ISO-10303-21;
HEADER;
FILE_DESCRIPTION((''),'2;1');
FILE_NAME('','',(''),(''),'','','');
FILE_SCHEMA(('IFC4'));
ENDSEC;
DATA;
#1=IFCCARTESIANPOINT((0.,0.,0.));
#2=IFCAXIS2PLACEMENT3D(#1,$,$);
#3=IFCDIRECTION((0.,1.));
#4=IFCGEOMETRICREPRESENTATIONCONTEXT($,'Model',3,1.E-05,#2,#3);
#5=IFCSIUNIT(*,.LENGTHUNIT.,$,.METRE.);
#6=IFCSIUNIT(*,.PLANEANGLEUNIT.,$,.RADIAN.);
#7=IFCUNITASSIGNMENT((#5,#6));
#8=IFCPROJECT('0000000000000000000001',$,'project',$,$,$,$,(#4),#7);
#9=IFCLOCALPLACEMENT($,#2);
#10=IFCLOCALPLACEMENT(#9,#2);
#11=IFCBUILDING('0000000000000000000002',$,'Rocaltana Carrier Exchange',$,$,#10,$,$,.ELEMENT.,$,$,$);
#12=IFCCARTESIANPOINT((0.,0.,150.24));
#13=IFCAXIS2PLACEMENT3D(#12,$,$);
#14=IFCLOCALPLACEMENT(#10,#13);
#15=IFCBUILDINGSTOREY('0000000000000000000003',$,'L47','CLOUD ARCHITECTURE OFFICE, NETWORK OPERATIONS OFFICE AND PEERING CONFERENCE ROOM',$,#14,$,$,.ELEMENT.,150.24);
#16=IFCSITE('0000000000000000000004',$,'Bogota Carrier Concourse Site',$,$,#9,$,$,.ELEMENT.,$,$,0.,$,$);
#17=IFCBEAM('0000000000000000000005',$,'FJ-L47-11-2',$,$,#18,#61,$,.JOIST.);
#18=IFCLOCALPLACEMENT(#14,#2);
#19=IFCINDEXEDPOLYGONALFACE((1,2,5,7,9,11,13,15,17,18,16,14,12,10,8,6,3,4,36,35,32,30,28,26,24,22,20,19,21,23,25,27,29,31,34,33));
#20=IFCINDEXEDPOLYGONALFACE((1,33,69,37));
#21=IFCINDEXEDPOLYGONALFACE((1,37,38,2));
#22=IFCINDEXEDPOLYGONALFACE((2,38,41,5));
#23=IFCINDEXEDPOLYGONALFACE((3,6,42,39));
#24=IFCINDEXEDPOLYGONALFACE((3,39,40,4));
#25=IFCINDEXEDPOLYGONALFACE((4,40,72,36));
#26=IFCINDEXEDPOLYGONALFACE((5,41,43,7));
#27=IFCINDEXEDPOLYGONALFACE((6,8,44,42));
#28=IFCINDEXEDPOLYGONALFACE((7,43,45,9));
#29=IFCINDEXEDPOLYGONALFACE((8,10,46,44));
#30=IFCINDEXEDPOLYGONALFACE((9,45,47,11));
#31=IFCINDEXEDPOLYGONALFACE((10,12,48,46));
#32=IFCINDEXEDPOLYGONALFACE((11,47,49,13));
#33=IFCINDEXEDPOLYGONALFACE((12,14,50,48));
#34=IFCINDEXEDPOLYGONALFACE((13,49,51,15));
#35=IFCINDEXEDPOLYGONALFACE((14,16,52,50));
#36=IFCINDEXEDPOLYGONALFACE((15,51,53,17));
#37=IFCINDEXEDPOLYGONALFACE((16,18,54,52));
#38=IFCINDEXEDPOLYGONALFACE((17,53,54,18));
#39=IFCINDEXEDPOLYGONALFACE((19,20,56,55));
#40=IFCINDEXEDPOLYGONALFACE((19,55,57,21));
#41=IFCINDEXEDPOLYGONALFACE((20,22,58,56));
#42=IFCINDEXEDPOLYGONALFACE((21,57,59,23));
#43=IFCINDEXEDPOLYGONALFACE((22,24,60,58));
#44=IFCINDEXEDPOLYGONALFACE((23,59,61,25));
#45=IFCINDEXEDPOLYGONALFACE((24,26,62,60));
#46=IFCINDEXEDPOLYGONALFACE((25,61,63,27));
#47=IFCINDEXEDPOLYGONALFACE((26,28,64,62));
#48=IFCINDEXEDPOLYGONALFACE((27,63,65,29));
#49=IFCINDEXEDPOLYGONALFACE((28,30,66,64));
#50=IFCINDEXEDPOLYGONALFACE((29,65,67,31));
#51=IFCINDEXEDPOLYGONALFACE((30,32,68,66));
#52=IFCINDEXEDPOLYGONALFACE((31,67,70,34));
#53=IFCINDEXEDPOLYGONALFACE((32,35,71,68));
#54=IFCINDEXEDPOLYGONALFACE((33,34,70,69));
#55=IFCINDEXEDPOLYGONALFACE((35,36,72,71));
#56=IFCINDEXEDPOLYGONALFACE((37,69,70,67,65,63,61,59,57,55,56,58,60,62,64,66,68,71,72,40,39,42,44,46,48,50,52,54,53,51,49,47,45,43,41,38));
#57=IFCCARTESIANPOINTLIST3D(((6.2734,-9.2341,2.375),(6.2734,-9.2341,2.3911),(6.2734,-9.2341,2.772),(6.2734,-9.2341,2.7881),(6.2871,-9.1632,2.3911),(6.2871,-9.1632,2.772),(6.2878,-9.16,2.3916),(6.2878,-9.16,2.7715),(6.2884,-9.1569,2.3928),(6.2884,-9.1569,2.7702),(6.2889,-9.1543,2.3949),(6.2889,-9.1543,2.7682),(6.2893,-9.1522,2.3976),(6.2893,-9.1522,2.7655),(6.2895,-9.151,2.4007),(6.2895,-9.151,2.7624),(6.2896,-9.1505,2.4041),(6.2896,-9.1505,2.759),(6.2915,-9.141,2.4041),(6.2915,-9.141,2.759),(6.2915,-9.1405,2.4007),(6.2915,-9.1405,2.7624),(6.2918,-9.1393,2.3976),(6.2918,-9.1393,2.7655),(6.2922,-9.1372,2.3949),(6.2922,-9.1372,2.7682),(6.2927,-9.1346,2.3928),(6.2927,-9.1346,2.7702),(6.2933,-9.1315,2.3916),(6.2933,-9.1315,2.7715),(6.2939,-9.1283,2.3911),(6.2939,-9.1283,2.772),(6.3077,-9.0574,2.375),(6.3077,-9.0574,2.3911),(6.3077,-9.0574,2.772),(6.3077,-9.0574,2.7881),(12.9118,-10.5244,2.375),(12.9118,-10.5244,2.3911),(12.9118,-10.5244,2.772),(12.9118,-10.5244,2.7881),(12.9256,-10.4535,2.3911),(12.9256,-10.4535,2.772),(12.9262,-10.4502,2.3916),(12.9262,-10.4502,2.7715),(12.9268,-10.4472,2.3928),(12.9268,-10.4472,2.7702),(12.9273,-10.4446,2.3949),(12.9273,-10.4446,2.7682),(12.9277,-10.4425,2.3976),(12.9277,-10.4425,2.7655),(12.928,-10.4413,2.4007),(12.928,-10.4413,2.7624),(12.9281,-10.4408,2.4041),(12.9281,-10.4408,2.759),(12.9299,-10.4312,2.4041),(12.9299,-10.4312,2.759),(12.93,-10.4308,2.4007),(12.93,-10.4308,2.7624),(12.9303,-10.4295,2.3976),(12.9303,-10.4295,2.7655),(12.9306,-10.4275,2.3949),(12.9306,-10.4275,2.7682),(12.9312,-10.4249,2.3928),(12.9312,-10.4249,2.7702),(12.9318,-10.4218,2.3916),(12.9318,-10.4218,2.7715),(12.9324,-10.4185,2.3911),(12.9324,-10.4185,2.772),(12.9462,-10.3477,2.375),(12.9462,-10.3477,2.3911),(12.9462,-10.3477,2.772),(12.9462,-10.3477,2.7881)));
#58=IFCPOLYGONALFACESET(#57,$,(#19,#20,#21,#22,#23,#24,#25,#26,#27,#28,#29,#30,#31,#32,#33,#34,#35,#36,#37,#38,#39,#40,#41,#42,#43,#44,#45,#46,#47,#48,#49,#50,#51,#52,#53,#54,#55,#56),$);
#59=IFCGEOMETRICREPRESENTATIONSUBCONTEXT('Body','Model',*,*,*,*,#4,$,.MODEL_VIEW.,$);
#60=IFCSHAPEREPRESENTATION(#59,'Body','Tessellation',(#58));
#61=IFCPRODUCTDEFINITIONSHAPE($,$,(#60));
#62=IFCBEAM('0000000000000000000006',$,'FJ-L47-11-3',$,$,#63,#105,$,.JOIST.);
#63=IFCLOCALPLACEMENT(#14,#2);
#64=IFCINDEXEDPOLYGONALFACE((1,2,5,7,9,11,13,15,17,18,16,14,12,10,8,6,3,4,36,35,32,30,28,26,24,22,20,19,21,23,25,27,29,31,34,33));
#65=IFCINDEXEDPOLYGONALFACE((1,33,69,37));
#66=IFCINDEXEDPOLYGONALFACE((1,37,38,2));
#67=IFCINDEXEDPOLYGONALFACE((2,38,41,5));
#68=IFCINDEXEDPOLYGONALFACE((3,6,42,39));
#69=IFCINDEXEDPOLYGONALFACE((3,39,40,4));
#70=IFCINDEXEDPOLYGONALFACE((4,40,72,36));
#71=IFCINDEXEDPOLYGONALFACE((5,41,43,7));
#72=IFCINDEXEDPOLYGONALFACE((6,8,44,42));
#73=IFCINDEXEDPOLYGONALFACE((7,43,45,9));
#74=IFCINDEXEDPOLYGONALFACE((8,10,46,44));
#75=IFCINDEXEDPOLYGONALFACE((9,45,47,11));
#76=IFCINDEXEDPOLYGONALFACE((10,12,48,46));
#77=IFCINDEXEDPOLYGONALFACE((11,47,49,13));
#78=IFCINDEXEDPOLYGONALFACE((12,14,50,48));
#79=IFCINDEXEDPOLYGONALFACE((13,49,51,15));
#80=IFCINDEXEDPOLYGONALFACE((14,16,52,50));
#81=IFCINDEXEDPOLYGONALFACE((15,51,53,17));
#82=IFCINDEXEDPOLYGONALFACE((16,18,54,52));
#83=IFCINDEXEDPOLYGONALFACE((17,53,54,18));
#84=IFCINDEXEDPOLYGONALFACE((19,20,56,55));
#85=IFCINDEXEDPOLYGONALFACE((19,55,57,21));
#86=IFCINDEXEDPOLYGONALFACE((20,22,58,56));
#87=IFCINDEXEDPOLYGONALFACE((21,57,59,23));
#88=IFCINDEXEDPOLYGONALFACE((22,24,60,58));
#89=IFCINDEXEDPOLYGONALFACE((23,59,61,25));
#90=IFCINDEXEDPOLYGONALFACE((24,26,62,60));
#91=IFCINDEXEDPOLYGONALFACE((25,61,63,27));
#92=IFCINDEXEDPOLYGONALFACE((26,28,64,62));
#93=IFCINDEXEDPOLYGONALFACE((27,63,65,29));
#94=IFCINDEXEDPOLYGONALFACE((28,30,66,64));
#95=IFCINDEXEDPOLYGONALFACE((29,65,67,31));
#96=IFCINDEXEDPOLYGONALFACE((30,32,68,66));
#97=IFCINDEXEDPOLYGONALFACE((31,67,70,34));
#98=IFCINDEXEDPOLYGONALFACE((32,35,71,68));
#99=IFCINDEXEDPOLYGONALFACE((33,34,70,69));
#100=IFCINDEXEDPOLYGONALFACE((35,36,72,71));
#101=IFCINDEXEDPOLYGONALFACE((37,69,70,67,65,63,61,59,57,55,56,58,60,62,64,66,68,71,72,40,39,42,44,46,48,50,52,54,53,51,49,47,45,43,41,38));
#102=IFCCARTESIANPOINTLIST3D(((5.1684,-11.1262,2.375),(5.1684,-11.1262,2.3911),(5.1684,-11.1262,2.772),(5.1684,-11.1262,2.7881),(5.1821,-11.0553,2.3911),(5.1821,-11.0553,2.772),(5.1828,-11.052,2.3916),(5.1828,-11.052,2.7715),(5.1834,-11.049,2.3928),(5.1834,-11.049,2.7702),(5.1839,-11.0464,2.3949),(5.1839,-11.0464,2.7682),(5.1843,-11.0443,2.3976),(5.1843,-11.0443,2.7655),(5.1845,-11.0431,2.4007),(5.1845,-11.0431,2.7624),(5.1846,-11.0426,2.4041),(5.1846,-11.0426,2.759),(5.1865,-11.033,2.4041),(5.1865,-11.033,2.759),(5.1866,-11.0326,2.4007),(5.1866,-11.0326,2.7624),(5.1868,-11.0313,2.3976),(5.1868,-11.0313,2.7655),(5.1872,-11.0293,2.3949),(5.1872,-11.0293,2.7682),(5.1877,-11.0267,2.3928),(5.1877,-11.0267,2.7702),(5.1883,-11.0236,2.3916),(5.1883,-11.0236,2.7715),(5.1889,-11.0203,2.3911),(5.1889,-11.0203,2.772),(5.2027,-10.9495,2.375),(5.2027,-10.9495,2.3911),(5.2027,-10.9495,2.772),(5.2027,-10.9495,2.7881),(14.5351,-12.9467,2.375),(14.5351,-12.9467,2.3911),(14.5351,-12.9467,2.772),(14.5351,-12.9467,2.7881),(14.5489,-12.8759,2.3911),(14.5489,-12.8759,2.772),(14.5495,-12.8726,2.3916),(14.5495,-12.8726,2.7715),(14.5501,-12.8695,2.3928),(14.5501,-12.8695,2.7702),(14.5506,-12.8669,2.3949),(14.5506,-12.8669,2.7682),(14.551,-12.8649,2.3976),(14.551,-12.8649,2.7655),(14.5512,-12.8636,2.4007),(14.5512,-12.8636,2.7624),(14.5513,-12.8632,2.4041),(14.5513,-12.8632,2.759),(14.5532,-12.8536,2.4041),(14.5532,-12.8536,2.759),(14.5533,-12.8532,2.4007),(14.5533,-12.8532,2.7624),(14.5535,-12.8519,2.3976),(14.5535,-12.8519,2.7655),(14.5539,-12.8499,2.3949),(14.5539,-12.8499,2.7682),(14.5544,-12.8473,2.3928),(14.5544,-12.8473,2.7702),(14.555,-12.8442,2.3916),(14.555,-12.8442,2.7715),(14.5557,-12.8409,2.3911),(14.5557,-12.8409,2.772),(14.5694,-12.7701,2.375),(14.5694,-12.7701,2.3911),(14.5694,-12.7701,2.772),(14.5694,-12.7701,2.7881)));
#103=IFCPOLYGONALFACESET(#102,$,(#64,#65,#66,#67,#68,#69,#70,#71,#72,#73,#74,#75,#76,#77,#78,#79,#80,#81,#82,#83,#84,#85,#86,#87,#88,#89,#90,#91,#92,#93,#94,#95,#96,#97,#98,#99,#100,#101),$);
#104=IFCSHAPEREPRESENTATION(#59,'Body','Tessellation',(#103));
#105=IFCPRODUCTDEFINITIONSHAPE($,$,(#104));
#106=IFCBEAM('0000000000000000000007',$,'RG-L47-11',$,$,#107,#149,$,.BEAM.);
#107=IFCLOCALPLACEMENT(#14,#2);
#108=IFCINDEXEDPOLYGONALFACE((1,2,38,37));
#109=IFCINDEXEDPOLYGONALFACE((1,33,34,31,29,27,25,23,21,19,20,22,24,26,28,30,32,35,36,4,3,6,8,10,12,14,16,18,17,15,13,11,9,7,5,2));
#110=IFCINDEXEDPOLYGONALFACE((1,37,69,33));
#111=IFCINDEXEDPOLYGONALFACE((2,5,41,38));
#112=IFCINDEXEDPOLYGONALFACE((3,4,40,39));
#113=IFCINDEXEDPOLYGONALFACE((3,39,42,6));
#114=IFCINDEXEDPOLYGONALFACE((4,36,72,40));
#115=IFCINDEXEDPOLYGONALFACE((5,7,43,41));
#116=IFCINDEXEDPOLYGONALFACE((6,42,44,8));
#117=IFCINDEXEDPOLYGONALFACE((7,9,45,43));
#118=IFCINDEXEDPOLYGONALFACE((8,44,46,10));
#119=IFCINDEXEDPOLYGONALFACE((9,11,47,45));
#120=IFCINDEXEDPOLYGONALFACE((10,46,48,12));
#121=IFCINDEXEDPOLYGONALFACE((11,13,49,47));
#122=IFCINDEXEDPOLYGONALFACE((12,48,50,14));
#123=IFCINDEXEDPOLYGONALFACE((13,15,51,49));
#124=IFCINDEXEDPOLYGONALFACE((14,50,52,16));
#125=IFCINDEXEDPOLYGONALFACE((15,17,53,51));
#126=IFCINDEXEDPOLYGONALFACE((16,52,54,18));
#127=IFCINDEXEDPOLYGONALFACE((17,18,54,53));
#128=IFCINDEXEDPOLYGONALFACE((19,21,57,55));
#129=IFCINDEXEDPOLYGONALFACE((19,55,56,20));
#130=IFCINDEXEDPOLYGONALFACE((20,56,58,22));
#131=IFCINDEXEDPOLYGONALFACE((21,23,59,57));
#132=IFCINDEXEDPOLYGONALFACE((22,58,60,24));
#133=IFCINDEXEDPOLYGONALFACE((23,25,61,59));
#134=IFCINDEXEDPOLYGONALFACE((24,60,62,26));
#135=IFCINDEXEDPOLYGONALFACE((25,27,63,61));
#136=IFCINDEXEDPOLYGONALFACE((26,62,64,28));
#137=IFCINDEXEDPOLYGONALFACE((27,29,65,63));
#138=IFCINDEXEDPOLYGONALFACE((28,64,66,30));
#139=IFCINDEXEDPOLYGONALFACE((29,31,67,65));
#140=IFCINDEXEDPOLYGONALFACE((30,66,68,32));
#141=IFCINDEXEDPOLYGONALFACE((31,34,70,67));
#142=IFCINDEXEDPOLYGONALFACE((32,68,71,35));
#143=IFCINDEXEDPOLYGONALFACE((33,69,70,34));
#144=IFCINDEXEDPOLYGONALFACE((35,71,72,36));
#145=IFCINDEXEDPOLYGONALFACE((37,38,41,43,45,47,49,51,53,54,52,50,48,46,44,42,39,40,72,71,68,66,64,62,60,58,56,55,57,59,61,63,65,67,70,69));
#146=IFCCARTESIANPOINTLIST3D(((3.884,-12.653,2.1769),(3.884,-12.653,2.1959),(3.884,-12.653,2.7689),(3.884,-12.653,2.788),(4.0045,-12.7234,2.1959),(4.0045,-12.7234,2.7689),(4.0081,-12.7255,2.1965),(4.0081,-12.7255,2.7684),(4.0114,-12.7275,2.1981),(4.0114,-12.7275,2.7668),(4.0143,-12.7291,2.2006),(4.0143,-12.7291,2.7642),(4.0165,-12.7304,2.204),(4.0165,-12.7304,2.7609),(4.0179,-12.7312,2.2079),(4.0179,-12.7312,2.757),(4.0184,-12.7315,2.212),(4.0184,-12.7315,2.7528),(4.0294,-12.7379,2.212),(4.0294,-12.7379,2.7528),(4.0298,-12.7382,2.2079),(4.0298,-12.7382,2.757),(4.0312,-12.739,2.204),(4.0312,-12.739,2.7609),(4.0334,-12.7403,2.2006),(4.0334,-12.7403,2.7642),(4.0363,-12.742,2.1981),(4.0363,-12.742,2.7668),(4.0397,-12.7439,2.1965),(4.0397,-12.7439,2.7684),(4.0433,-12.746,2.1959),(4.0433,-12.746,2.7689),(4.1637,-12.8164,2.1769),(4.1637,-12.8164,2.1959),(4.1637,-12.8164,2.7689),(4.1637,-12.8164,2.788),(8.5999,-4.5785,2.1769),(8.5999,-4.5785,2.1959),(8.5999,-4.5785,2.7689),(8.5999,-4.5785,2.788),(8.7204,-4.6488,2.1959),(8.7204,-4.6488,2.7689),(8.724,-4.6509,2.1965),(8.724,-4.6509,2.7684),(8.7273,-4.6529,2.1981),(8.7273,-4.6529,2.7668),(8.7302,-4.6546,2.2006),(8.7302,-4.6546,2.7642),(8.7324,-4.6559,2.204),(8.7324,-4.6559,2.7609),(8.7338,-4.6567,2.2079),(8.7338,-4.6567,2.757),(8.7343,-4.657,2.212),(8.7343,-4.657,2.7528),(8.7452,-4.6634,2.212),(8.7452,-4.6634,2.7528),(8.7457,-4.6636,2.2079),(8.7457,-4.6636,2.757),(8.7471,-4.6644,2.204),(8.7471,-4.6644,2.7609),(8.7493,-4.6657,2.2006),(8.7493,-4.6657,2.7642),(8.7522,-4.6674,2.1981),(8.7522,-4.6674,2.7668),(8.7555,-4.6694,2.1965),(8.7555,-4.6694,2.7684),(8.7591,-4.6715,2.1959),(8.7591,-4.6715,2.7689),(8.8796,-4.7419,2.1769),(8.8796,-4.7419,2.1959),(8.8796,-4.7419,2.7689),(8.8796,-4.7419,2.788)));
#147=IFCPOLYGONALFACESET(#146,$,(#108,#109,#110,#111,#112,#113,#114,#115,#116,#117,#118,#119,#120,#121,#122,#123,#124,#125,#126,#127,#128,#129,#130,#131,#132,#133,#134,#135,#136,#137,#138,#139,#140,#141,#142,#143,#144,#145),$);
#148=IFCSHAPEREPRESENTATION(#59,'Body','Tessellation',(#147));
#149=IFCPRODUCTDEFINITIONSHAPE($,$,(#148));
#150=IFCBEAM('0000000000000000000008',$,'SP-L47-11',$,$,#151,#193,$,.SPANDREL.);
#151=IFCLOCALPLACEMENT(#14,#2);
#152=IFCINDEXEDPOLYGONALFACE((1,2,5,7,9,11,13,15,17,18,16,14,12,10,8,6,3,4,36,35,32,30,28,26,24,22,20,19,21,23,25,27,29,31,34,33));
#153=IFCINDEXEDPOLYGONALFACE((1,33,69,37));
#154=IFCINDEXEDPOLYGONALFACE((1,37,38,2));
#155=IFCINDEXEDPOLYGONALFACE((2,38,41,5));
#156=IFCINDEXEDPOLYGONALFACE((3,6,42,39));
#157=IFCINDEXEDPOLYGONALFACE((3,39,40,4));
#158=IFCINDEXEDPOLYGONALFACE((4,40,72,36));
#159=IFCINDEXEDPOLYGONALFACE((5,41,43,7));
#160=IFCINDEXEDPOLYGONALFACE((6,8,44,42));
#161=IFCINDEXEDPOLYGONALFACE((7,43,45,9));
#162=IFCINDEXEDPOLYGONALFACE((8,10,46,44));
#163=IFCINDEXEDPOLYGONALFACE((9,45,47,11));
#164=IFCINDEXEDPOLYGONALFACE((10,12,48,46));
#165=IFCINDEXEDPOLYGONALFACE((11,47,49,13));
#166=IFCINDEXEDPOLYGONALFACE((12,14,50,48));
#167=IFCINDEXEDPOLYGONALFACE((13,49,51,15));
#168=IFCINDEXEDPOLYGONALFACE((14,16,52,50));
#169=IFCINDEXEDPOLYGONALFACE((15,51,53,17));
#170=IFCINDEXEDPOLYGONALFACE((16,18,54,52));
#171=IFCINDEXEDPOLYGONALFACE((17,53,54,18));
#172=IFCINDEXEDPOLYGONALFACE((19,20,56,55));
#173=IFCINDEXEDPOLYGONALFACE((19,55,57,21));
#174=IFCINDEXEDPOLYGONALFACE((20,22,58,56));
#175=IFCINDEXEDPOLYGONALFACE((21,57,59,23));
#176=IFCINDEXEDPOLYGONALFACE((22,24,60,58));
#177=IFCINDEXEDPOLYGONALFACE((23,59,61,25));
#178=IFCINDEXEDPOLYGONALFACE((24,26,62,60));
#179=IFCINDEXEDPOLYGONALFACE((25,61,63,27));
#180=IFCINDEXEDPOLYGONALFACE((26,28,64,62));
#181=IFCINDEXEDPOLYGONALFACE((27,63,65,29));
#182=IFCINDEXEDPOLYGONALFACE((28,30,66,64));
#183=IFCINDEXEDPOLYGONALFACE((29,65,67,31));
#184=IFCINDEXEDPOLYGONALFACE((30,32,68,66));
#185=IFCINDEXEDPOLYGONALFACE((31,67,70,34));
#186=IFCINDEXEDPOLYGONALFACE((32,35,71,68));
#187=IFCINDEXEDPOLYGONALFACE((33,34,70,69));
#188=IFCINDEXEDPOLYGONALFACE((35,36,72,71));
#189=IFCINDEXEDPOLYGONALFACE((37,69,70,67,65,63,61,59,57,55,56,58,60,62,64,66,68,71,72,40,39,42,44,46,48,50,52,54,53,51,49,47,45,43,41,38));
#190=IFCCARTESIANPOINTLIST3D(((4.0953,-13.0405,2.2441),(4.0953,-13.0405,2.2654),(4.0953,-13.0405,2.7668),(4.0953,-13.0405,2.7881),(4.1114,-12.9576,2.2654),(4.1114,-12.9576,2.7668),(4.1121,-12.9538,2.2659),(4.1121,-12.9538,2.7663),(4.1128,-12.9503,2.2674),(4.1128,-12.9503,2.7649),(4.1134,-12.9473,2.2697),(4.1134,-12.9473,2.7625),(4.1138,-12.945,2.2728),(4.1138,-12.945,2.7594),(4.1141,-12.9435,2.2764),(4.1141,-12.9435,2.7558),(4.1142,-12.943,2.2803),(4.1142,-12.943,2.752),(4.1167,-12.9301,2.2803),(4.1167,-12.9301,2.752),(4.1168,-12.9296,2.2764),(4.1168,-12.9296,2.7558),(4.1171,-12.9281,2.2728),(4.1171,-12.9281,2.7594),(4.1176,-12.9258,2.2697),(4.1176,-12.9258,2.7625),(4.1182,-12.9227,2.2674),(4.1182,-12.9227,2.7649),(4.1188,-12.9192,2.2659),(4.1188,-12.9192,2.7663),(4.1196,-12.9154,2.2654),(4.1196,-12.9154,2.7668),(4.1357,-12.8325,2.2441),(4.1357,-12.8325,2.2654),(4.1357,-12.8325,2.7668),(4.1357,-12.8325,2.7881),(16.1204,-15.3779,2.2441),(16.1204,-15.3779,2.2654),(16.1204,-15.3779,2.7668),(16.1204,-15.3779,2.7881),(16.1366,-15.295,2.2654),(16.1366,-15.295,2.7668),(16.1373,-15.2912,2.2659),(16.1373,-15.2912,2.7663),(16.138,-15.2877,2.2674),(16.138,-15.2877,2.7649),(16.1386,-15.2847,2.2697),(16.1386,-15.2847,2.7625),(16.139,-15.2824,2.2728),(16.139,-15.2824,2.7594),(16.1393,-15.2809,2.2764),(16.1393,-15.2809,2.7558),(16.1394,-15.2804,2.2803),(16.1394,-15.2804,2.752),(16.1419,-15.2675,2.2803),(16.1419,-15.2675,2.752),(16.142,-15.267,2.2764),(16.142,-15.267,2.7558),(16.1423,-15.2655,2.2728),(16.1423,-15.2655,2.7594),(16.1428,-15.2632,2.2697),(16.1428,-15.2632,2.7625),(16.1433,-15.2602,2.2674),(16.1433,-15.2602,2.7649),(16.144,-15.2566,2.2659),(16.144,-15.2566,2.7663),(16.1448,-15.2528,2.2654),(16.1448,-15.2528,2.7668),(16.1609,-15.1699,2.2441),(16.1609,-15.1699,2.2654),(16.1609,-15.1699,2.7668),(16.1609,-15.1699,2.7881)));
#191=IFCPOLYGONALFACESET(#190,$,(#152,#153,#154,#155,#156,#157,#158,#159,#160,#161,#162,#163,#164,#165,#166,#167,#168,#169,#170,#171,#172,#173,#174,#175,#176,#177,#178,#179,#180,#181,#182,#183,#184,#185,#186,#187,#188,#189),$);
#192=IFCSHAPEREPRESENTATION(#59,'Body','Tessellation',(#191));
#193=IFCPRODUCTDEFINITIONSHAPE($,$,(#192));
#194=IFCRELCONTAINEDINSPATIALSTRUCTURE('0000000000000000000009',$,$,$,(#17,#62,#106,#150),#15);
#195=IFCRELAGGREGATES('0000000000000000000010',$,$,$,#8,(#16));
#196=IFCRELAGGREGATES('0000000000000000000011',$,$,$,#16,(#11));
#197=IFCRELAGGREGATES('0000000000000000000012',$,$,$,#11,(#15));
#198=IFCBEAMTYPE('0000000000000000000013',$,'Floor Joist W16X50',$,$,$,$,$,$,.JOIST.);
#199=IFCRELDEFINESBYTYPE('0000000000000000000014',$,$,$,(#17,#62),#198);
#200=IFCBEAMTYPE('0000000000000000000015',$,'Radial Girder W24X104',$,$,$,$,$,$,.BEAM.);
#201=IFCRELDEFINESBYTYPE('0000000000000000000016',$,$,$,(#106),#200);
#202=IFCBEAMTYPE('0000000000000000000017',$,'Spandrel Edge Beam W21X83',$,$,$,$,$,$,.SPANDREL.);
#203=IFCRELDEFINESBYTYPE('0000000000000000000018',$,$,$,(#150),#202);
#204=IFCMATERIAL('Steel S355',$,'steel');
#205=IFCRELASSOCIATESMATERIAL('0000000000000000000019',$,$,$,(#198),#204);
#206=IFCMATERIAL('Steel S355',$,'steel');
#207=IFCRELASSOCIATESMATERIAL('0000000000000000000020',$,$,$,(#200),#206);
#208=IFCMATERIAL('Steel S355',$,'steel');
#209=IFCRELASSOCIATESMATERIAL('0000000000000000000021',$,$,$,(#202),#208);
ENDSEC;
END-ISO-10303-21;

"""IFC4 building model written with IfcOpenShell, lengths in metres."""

from ifc_helpers import new_model, si_unit, direction, frame, origin, origin_2d, place, context, subcontext, project, spatial, i_section, extrude, material, material_profile, profile_set, type_object, element, save


model = new_model("IFC4")

# Units and contexts
model_context = context("Model", 3, precision=1e-05, world=origin(), true_north=direction((0.0, 1.0)))
body_context = subcontext(model_context, "Body", "Model", "MODEL_VIEW")
ifc_project = project(units=[si_unit("LENGTHUNIT", "METRE"), si_unit("PLANEANGLEUNIT", "RADIAN")], contexts=[model_context])

# Site, building, storey
site_placement = place(None, origin())
site = spatial("IfcSite", under=ifc_project, at=site_placement, Name="Bogota Carrier Concourse Site", CompositionType="ELEMENT", RefElevation=0.0)
building_placement = place(site_placement, origin())
building = spatial("IfcBuilding", under=site, at=building_placement, Name="Rocaltana Carrier Exchange", CompositionType="ELEMENT")
storey_placement = place(building_placement, frame((0.0, 0.0, 150.24)))
storey = spatial("IfcBuildingStorey", under=building, at=storey_placement, Name="L47", Description="CLOUD ARCHITECTURE OFFICE, NETWORK OPERATIONS OFFICE AND PEERING CONFERENCE ROOM", CompositionType="ELEMENT", Elevation=150.24)

# Beams
ifc_material_1 = material(Name="Steel S355", Category="steel")
ifc_material_profile_1 = material_profile(ifc_material_1, i_section(OverallWidth=0.1799, OverallDepth=0.4131, WebThickness=0.0098, FlangeThickness=0.0161, FilletRadius=0.0129, at=origin_2d()), Name="W16X50")
ifc_profile_set_1 = profile_set([ifc_material_profile_1], Name="Steel S355")
beam_type_1 = type_object("IfcBeamType", Name="Floor Joist W16X50", PredefinedType="JOIST", material=ifc_profile_set_1)
beam_1_placement = place(storey_placement, frame((6.2905, -9.1458, 2.5815), z_axis=(0.98163, -0.190795, 0.0), x_axis=(0.190795, 0.98163, 0.0)))
element("IfcBeam", 1, at=beam_1_placement, inside=storey, type_object=beam_type_1, Name="FJ-L47-11-2", PredefinedType="JOIST", context=body_context, shape_type="SweptSolid", body=[
    extrude(i_section(OverallWidth=0.1799, OverallDepth=0.4131, WebThickness=0.0098, FlangeThickness=0.0161, FilletRadius=0.0129, at=origin_2d()), origin(), (0.0, 0.0, 1.0), 6.7627),
])
beam_2_placement = place(storey_placement, frame((5.1855, -11.0378, 2.5815), z_axis=(0.98163, -0.190794, 0.0), x_axis=(0.190794, 0.98163, 0.0)))
element("IfcBeam", 2, at=beam_2_placement, inside=storey, type_object=beam_type_1, Name="FJ-L47-11-3", PredefinedType="JOIST", context=body_context, shape_type="SweptSolid", body=[
    extrude(i_section(OverallWidth=0.1799, OverallDepth=0.4131, WebThickness=0.0098, FlangeThickness=0.0161, FilletRadius=0.0129, at=origin_2d()), origin(), (0.0, 0.0, 1.0), 9.542),
])
ifc_material_2 = material(Name="Steel S355", Category="steel")
ifc_material_profile_2 = material_profile(ifc_material_2, i_section(OverallWidth=0.324, OverallDepth=0.6111, WebThickness=0.0127, FlangeThickness=0.019, FilletRadius=0.0161, at=origin_2d()), Name="W24X104")
ifc_profile_set_2 = profile_set([ifc_material_profile_2], Name="Steel S355")
beam_type_2 = type_object("IfcBeamType", Name="Radial Girder W24X104", PredefinedType="BEAM", material=ifc_profile_set_2)
beam_3_placement = place(storey_placement, frame((8.7397, -4.6602, 2.4824), z_axis=(-0.504327, -0.863513, 0.0), x_axis=(0.863513, -0.504327, 0.0)))
element("IfcBeam", 3, at=beam_3_placement, inside=storey, type_object=beam_type_2, Name="RG-L47-11", PredefinedType="BEAM", context=body_context, shape_type="SweptSolid", body=[
    extrude(i_section(OverallWidth=0.324, OverallDepth=0.6111, WebThickness=0.0127, FlangeThickness=0.019, FilletRadius=0.0161, at=origin_2d()), origin(), (0.0, 0.0, 1.0), 9.3508),
])
ifc_material_3 = material(Name="Steel S355", Category="steel")
ifc_material_profile_3 = material_profile(ifc_material_3, i_section(OverallWidth=0.2119, OverallDepth=0.5439, WebThickness=0.0132, FlangeThickness=0.0212, FilletRadius=0.0149, at=origin_2d()), Name="W21X83")
ifc_profile_set_3 = profile_set([ifc_material_profile_3], Name="Steel S355")
beam_type_3 = type_object("IfcBeamType", Name="Spandrel Edge Beam W21X83", PredefinedType="SPANDREL", material=ifc_profile_set_3)
beam_4_placement = place(storey_placement, frame((4.1155, -12.9365, 2.5161), z_axis=(0.981628, -0.190805, 0.0), x_axis=(0.190805, 0.981628, 0.0)))
element("IfcBeam", 4, at=beam_4_placement, inside=storey, type_object=beam_type_3, Name="SP-L47-11", PredefinedType="SPANDREL", context=body_context, shape_type="SweptSolid", body=[
    extrude(i_section(OverallWidth=0.2119, OverallDepth=0.5439, WebThickness=0.0132, FlangeThickness=0.0212, FilletRadius=0.0149, at=origin_2d()), origin(), (0.0, 0.0, 1.0), 12.2502),
])

save(model, "model.ifc")
